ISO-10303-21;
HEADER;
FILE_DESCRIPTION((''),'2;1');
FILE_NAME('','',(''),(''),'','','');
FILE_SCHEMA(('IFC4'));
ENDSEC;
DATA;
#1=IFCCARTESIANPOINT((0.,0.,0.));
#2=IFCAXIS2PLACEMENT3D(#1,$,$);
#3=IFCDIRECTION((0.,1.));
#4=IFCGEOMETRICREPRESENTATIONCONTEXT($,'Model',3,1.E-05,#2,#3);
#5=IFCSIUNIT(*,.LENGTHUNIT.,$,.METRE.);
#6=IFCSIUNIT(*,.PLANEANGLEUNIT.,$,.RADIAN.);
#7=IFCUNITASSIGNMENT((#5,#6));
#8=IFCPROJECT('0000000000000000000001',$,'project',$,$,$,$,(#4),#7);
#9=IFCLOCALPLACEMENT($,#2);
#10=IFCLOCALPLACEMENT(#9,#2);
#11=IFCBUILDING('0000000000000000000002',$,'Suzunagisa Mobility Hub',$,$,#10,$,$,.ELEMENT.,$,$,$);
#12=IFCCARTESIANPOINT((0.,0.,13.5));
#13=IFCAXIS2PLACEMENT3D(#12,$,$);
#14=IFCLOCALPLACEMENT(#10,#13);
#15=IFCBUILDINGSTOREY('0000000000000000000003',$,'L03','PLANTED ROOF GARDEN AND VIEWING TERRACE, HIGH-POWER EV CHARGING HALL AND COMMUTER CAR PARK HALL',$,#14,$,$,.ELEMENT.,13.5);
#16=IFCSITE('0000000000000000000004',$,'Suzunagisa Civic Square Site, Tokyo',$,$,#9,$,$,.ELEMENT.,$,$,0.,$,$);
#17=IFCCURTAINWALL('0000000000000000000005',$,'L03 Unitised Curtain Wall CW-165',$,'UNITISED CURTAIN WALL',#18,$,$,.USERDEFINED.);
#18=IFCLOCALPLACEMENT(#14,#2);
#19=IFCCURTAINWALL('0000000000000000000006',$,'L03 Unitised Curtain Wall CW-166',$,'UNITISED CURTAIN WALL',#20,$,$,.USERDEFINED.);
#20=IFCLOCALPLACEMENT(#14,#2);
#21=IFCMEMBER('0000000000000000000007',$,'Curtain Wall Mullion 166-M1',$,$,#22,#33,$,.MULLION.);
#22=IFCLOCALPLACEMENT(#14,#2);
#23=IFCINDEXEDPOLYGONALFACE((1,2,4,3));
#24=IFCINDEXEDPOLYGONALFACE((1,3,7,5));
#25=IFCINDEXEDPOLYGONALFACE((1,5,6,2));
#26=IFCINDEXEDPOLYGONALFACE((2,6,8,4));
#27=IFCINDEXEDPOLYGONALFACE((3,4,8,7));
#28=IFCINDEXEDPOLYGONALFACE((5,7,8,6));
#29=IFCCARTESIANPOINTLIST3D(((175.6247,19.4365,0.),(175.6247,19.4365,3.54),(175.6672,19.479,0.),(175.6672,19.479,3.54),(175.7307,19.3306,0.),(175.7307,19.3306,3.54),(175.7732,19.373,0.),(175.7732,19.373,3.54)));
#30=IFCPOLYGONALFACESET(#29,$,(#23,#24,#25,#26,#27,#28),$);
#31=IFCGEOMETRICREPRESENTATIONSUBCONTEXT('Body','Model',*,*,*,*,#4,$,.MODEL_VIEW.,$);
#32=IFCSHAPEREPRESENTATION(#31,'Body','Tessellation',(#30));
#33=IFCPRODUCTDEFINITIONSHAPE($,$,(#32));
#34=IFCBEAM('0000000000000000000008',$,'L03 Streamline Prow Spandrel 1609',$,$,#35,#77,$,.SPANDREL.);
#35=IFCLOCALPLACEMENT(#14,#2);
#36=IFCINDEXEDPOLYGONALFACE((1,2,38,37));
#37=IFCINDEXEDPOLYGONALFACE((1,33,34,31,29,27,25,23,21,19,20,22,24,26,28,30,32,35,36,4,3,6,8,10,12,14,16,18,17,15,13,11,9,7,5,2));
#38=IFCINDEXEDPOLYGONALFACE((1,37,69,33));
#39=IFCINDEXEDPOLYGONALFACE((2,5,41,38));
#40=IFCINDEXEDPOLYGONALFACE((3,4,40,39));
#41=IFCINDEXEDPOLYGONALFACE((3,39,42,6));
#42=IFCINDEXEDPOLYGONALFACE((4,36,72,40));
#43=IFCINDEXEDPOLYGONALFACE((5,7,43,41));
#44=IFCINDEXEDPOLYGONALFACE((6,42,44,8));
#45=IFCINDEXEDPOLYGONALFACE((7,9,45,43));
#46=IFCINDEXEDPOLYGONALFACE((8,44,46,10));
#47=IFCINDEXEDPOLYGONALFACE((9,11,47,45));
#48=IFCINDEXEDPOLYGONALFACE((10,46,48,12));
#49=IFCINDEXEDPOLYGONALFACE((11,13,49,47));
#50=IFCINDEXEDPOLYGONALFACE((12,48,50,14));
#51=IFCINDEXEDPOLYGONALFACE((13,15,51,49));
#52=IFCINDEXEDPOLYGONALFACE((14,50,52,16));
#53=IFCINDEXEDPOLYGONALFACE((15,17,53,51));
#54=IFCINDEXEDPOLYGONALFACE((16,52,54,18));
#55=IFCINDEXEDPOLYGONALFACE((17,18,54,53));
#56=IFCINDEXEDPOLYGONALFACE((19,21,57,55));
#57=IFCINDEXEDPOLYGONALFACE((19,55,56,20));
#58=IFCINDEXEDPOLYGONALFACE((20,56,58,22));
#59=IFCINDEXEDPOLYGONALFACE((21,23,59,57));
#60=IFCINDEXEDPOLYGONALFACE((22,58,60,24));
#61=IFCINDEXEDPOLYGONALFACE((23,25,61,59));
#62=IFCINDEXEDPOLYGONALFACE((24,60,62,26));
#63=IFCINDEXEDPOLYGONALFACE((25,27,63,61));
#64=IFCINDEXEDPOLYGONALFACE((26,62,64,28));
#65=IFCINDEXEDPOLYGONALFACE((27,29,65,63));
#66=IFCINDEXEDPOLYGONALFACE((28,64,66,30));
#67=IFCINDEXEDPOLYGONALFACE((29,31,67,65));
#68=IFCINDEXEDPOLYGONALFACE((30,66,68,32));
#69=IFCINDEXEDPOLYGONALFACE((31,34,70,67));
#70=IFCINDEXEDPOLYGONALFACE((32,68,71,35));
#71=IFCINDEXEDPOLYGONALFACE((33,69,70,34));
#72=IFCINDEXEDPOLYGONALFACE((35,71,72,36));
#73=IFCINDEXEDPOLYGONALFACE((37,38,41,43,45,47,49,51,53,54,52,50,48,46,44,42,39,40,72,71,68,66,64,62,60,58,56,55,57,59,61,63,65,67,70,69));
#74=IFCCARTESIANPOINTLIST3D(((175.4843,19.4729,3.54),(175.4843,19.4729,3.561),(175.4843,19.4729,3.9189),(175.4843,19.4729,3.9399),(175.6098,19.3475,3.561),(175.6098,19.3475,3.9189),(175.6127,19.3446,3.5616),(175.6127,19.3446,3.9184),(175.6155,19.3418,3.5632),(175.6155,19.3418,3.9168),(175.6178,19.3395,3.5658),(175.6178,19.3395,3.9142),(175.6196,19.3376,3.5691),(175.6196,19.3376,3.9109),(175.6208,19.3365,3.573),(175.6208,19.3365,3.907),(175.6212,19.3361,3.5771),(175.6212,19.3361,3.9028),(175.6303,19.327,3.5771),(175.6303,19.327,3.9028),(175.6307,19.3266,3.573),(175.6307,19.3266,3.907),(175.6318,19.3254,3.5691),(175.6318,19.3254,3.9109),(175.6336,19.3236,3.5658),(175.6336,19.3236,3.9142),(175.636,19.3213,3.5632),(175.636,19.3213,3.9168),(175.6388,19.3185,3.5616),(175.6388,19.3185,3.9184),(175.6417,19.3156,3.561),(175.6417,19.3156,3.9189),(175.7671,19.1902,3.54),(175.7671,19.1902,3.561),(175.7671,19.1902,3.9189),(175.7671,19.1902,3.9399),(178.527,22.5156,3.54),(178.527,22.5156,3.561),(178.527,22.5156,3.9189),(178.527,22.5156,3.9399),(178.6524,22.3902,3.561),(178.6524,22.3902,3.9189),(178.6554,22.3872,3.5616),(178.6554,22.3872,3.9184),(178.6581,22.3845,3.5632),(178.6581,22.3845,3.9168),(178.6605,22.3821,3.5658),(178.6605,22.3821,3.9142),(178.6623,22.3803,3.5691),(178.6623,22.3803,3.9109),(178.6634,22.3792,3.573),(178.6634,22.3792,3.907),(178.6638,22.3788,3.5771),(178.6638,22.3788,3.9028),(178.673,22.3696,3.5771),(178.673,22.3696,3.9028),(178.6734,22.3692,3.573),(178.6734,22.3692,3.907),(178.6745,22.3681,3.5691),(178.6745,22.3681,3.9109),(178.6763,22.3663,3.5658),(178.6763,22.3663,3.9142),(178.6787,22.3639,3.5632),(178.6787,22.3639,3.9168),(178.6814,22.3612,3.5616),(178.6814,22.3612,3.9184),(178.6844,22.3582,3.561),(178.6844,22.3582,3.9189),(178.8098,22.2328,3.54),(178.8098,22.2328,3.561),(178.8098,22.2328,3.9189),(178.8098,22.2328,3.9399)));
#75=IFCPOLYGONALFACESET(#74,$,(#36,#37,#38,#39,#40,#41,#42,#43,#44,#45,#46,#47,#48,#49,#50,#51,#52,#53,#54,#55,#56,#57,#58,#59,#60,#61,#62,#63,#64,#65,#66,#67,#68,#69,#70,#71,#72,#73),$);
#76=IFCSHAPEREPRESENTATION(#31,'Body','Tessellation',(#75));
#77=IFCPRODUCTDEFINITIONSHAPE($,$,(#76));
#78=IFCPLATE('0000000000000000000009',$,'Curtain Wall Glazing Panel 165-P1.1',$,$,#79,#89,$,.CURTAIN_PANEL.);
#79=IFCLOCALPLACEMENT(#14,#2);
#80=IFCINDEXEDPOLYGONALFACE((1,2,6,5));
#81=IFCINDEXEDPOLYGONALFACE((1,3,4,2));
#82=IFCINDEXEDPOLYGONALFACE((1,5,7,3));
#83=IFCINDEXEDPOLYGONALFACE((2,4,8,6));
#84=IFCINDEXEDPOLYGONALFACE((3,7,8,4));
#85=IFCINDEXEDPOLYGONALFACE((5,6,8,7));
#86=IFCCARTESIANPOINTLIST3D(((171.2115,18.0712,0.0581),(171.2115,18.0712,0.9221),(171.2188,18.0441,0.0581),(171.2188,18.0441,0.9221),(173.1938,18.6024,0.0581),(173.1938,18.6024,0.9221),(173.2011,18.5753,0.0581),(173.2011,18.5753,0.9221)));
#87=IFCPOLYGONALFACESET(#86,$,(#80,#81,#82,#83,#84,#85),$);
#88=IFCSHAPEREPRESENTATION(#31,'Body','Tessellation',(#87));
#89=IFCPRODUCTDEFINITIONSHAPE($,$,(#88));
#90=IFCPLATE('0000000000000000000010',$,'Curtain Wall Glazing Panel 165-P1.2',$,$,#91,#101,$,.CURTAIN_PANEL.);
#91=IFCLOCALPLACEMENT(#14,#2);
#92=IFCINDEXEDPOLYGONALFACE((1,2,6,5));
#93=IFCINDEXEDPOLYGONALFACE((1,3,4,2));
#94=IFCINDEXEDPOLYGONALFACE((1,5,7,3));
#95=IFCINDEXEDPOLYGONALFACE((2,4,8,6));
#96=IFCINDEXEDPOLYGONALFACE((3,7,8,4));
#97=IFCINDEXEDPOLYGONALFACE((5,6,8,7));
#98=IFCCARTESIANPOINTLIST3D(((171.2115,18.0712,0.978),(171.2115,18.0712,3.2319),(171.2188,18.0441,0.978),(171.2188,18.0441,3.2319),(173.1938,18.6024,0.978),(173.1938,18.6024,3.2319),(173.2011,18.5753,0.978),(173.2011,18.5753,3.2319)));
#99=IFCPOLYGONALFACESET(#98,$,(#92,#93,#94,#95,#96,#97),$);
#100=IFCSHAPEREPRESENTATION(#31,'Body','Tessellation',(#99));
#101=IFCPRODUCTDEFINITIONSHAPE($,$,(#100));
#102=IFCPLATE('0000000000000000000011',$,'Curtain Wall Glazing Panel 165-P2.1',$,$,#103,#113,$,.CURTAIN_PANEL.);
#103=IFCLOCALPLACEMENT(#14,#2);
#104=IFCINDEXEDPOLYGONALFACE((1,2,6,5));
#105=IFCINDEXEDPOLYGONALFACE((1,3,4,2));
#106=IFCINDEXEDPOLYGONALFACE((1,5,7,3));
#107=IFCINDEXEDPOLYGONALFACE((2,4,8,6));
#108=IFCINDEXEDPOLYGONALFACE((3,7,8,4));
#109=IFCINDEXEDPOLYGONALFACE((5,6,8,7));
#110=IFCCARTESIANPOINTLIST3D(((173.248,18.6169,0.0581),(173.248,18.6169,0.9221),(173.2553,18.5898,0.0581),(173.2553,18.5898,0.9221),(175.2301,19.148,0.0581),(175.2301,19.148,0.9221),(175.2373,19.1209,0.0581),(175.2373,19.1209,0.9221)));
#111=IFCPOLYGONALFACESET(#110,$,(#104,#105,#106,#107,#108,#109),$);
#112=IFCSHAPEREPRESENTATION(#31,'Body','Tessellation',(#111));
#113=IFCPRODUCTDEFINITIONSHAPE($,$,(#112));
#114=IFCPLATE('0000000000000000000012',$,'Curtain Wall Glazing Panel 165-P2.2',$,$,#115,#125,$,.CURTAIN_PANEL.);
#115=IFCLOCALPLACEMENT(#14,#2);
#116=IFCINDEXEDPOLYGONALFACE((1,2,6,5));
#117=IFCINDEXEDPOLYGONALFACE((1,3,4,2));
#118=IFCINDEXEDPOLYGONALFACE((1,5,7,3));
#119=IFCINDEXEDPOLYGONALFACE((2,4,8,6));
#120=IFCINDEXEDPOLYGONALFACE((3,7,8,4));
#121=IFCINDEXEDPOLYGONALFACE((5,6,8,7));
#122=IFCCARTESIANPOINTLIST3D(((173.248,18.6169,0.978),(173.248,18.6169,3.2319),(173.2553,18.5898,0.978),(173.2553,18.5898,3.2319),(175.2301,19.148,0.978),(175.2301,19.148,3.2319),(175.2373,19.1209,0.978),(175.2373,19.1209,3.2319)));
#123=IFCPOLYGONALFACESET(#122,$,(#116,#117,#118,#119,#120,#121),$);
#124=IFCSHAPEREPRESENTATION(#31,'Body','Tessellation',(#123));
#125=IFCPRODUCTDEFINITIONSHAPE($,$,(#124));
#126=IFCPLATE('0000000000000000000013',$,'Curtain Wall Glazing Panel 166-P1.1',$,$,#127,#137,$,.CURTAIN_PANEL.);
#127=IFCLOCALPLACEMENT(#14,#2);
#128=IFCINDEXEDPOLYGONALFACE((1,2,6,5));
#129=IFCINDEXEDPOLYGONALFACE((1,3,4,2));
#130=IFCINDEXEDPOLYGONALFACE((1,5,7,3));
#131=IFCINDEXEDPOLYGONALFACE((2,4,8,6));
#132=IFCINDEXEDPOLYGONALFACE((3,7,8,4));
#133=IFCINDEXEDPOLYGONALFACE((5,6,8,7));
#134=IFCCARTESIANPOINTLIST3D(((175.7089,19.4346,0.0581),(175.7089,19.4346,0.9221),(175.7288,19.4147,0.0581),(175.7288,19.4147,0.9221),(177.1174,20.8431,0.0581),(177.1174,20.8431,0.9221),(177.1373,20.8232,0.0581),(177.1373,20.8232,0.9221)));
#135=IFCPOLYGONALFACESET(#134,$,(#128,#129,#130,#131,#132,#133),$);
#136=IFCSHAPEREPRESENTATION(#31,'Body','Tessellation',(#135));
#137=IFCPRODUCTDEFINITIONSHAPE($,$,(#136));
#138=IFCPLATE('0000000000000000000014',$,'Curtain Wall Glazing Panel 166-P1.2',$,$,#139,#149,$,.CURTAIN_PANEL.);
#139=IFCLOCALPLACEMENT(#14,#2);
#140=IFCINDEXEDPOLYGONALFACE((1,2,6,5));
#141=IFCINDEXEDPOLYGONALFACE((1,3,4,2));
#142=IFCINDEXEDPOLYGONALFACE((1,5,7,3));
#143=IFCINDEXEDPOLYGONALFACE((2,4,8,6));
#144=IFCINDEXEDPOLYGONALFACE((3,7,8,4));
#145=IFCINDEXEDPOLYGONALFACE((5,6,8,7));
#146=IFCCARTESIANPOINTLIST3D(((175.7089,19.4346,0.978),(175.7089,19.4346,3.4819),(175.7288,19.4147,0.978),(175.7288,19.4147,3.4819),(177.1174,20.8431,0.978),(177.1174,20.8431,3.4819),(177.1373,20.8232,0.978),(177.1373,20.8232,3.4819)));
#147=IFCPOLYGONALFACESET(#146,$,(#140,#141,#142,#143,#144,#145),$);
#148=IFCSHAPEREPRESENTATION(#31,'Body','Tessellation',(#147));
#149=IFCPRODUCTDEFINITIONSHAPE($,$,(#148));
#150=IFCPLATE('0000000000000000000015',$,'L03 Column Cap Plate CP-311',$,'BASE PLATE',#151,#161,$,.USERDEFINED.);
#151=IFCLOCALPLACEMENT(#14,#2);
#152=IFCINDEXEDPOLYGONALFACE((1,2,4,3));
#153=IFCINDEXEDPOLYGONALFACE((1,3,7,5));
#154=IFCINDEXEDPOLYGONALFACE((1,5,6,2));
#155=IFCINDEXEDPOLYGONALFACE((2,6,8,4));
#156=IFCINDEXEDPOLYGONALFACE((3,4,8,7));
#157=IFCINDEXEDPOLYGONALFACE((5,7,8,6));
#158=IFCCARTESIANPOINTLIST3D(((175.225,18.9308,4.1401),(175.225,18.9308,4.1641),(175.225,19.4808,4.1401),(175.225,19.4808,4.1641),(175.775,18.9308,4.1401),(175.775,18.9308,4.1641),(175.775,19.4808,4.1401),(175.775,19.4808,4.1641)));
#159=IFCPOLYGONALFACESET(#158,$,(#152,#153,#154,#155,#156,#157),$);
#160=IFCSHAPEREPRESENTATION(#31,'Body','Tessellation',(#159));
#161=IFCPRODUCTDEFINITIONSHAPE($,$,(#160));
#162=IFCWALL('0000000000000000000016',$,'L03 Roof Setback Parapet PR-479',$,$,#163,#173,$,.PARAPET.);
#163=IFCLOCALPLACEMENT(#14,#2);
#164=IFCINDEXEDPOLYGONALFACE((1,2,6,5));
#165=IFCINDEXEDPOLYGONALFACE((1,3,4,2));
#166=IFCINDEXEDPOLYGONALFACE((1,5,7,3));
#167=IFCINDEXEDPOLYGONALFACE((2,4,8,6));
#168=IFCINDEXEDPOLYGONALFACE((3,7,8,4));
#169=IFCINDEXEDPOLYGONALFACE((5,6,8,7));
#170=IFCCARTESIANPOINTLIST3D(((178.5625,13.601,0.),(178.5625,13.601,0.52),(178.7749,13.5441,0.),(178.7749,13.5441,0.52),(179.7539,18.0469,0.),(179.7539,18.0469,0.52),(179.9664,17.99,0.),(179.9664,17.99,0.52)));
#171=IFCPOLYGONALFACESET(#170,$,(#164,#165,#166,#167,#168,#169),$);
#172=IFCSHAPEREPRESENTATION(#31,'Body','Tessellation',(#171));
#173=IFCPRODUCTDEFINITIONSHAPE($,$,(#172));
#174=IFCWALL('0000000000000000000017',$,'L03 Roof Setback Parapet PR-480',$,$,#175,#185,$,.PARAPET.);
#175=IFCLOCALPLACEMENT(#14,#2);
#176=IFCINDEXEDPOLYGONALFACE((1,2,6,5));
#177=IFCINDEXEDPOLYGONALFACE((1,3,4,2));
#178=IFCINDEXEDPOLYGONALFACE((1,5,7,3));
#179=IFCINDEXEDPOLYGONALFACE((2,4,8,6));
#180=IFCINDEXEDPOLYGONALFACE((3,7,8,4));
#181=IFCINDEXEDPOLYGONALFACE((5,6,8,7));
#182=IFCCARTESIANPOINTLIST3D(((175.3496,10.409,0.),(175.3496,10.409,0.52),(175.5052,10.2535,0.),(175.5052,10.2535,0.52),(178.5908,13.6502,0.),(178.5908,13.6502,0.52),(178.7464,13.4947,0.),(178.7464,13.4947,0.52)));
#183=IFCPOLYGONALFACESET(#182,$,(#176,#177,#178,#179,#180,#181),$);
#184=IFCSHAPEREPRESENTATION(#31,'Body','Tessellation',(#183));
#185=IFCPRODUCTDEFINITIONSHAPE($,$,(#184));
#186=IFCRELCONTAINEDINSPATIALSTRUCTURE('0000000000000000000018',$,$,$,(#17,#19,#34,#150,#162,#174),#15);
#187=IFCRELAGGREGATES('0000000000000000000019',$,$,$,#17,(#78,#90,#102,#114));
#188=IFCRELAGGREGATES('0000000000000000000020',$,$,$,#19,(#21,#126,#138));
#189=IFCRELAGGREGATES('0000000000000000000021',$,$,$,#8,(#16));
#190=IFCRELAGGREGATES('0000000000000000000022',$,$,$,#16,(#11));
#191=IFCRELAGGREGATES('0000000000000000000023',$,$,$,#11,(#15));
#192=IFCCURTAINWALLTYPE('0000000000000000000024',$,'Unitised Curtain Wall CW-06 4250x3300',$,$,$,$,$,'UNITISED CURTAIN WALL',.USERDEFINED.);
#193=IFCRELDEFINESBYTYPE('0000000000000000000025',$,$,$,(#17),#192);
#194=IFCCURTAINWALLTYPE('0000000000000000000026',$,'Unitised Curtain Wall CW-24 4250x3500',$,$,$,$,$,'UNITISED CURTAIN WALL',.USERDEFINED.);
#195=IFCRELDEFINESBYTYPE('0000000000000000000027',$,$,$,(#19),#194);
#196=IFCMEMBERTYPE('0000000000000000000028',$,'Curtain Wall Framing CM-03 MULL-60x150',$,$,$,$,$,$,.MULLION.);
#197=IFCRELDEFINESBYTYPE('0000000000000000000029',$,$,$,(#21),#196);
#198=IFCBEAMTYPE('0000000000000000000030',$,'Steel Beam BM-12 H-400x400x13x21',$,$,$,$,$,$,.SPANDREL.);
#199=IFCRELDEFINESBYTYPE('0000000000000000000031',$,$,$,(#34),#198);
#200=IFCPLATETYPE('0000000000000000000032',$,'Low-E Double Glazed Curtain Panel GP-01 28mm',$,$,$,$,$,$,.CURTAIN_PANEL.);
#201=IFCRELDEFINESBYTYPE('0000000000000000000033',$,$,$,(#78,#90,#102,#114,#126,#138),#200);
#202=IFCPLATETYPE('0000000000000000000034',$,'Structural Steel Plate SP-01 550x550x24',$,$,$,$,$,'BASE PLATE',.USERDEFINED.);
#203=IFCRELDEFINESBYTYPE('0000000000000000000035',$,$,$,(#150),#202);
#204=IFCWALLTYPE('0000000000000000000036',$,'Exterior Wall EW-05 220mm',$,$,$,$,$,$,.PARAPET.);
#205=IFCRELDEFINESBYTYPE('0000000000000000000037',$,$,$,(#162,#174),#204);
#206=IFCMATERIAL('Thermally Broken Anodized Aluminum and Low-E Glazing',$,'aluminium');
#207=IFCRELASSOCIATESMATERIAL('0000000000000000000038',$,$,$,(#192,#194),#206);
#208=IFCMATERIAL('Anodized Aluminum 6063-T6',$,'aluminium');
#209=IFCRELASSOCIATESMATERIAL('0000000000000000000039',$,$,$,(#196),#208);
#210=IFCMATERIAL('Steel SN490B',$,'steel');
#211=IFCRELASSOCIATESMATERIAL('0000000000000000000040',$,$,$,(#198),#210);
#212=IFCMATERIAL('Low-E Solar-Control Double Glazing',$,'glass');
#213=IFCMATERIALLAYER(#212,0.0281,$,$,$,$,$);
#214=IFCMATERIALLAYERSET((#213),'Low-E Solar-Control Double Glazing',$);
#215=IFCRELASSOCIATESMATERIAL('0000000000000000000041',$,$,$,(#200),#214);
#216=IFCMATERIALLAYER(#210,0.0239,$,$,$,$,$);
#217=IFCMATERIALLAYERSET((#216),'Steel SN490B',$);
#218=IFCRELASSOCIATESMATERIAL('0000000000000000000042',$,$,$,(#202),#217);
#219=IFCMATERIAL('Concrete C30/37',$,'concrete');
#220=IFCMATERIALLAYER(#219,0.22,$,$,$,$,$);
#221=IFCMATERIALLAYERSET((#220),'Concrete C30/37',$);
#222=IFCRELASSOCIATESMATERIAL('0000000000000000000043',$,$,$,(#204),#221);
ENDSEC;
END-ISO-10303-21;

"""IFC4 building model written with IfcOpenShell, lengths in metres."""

from ifc_helpers import new_model, si_unit, direction, frame, frame_2d, origin, origin_2d, place, context, subcontext, project, spatial, rectangle, i_section, extrude, material, layer, layer_set, material_profile, profile_set, type_object, element, aggregate, save


model = new_model("IFC4")

# Units and contexts
model_context = context("Model", 3, precision=1e-05, world=origin(), true_north=direction((0.0, 1.0)))
body_context = subcontext(model_context, "Body", "Model", "MODEL_VIEW")
ifc_project = project(units=[si_unit("LENGTHUNIT", "METRE"), si_unit("PLANEANGLEUNIT", "RADIAN")], contexts=[model_context])

# Site, building, storey
site_placement = place(None, origin())
site = spatial("IfcSite", under=ifc_project, at=site_placement, Name="Suzunagisa Civic Square Site, Tokyo", CompositionType="ELEMENT", RefElevation=0.0)
building_placement = place(site_placement, origin())
building = spatial("IfcBuilding", under=site, at=building_placement, Name="Suzunagisa Mobility Hub", CompositionType="ELEMENT")
storey_placement = place(building_placement, frame((0.0, 0.0, 13.5)))
storey = spatial("IfcBuildingStorey", under=building, at=storey_placement, Name="L03", Description="PLANTED ROOF GARDEN AND VIEWING TERRACE, HIGH-POWER EV CHARGING HALL AND COMMUTER CAR PARK HALL", CompositionType="ELEMENT", Elevation=13.5)

# Shared definitions
ifc_material_1 = material(Name="Steel SN490B", Category="steel")

# Curtain walls
ifc_material_2 = material(Name="Thermally Broken Anodized Aluminum and Low-E Glazing", Category="aluminium")
curtain_wall_type_1 = type_object("IfcCurtainWallType", Name="Unitised Curtain Wall CW-06 4250x3300", ElementType="UNITISED CURTAIN WALL", PredefinedType="USERDEFINED", material=ifc_material_2)
curtain_wall_1_placement = place(storey_placement, origin())
curtain_wall_1 = element("IfcCurtainWall", 1, at=curtain_wall_1_placement, inside=storey, type_object=curtain_wall_type_1, Name="L03 Unitised Curtain Wall CW-165", ObjectType="UNITISED CURTAIN WALL", PredefinedType="USERDEFINED")
ifc_material_3 = material(Name="Anodized Aluminum 6063-T6", Category="aluminium")
curtain_wall_type_2 = type_object("IfcCurtainWallType", Name="Unitised Curtain Wall CW-24 4250x3500", ElementType="UNITISED CURTAIN WALL", PredefinedType="USERDEFINED", material=ifc_material_2)
curtain_wall_2_placement = place(storey_placement, origin())
curtain_wall_2 = element("IfcCurtainWall", 2, at=curtain_wall_2_placement, inside=storey, type_object=curtain_wall_type_2, Name="L03 Unitised Curtain Wall CW-166", ObjectType="UNITISED CURTAIN WALL", PredefinedType="USERDEFINED")

# Member
ifc_material_profile_1 = material_profile(ifc_material_3, rectangle(XDim=0.0601, YDim=0.1499, at=origin_2d()), Name="MULL-60x150")
ifc_profile_set_1 = profile_set([ifc_material_profile_1], Name="Anodized Aluminum 6063-T6")
member_type_1 = type_object("IfcMemberType", Name="Curtain Wall Framing CM-03 MULL-60x150", PredefinedType="MULLION", material=ifc_profile_set_1)
member_1_placement = place(storey_placement, frame((175.699, 19.4048, 0.0), z_axis=(0.0, 0.0, 1.0), x_axis=(0.707107, 0.707107, 0.0)))
member_1 = element("IfcMember", 3, at=member_1_placement, type_object=member_type_1, Name="Curtain Wall Mullion 166-M1", PredefinedType="MULLION", context=body_context, shape_type="SweptSolid", body=[
    extrude(rectangle(XDim=0.0601, YDim=0.1499, at=origin_2d()), origin(), (0.0, 0.0, 1.0), 3.54),
])

# Beam
ifc_material_profile_2 = material_profile(ifc_material_1, i_section(OverallWidth=0.3999, OverallDepth=0.3999, WebThickness=0.0129, FlangeThickness=0.021, FilletRadius=0.0161, at=origin_2d()), Name="H-400x400x13x21")
ifc_profile_set_2 = profile_set([ifc_material_profile_2], Name="Steel SN490B")
beam_type = type_object("IfcBeamType", Name="Steel Beam BM-12 H-400x400x13x21", PredefinedType="SPANDREL", material=ifc_profile_set_2)
beam_placement = place(storey_placement, frame((175.6257, 19.3315, 3.74), z_axis=(0.707107, 0.707107, 0.0), x_axis=(-0.707107, 0.707107, 0.0)))
element("IfcBeam", 4, at=beam_placement, inside=storey, type_object=beam_type, Name="L03 Streamline Prow Spandrel 1609", PredefinedType="SPANDREL", context=body_context, shape_type="SweptSolid", body=[
    extrude(i_section(OverallWidth=0.3999, OverallDepth=0.3999, WebThickness=0.0129, FlangeThickness=0.021, FilletRadius=0.0161, at=origin_2d()), origin(), (0.0, 0.0, 1.0), 4.303),
])

# Plates
ifc_material_4 = material(Name="Low-E Solar-Control Double Glazing", Category="glass")
ifc_layer_1 = layer(ifc_material_4, 0.0281)
ifc_layer_set_1 = layer_set([ifc_layer_1], Name="Low-E Solar-Control Double Glazing")
plate_type_1 = type_object("IfcPlateType", Name="Low-E Double Glazed Curtain Panel GP-01 28mm", PredefinedType="CURTAIN_PANEL", material=ifc_layer_set_1)
plate_1_placement = place(storey_placement, frame((172.2063, 18.3232, 0.0581), z_axis=(0.0, 0.0, 1.0), x_axis=(0.965925, 0.258821, 0.0)))
plate_1 = element("IfcPlate", 5, at=plate_1_placement, type_object=plate_type_1, Name="Curtain Wall Glazing Panel 165-P1.1", PredefinedType="CURTAIN_PANEL", context=body_context, shape_type="SweptSolid", body=[
    extrude(rectangle(XDim=2.0522, YDim=0.0281, at=origin_2d()), origin(), (0.0, 0.0, 1.0), 0.864),
])
plate_2_placement = place(storey_placement, frame((172.2063, 18.3232, 0.978), z_axis=(0.0, 0.0, 1.0), x_axis=(0.965925, 0.258821, 0.0)))
plate_2 = element("IfcPlate", 6, at=plate_2_placement, type_object=plate_type_1, Name="Curtain Wall Glazing Panel 165-P1.2", PredefinedType="CURTAIN_PANEL", context=body_context, shape_type="SweptSolid", body=[
    extrude(rectangle(XDim=2.0522, YDim=0.0281, at=origin_2d()), origin(), (0.0, 0.0, 1.0), 2.2539),
])
plate_3_placement = place(storey_placement, frame((174.2427, 18.8689, 0.0581), z_axis=(0.0, 0.0, 1.0), x_axis=(0.965925, 0.258821, 0.0)))
plate_3 = element("IfcPlate", 7, at=plate_3_placement, type_object=plate_type_1, Name="Curtain Wall Glazing Panel 165-P2.1", PredefinedType="CURTAIN_PANEL", context=body_context, shape_type="SweptSolid", body=[
    extrude(rectangle(XDim=2.052, YDim=0.0281, at=origin_2d()), origin(), (0.0, 0.0, 1.0), 0.864),
])
plate_4_placement = place(storey_placement, frame((174.2427, 18.8689, 0.978), z_axis=(0.0, 0.0, 1.0), x_axis=(0.965925, 0.258821, 0.0)))
plate_4 = element("IfcPlate", 8, at=plate_4_placement, type_object=plate_type_1, Name="Curtain Wall Glazing Panel 165-P2.2", PredefinedType="CURTAIN_PANEL", context=body_context, shape_type="SweptSolid", body=[
    extrude(rectangle(XDim=2.052, YDim=0.0281, at=origin_2d()), origin(), (0.0, 0.0, 1.0), 2.2539),
])
aggregate(curtain_wall_1, [plate_1, plate_2, plate_3, plate_4])
plate_5_placement = place(storey_placement, frame((176.4231, 20.1289, 0.0581), z_axis=(0.0, 0.0, 1.0), x_axis=(0.707107, 0.707107, 0.0)))
plate_5 = element("IfcPlate", 9, at=plate_5_placement, type_object=plate_type_1, Name="Curtain Wall Glazing Panel 166-P1.1", PredefinedType="CURTAIN_PANEL", context=body_context, shape_type="SweptSolid", body=[
    extrude(rectangle(XDim=1.9919, YDim=0.0281, at=origin_2d()), origin(), (0.0, 0.0, 1.0), 0.864),
])
plate_6_placement = place(storey_placement, frame((176.4231, 20.1289, 0.978), z_axis=(0.0, 0.0, 1.0), x_axis=(0.707107, 0.707107, 0.0)))
plate_6 = element("IfcPlate", 10, at=plate_6_placement, type_object=plate_type_1, Name="Curtain Wall Glazing Panel 166-P1.2", PredefinedType="CURTAIN_PANEL", context=body_context, shape_type="SweptSolid", body=[
    extrude(rectangle(XDim=1.9919, YDim=0.0281, at=origin_2d()), origin(), (0.0, 0.0, 1.0), 2.5039),
])
aggregate(curtain_wall_2, [member_1, plate_5, plate_6])
ifc_layer_2 = layer(ifc_material_1, 0.0239)
ifc_layer_set_2 = layer_set([ifc_layer_2], Name="Steel SN490B")
plate_type_2 = type_object("IfcPlateType", Name="Structural Steel Plate SP-01 550x550x24", ElementType="BASE PLATE", PredefinedType="USERDEFINED", material=ifc_layer_set_2)
plate_7_placement = place(storey_placement, frame((175.5, 19.2058, 4.1401), z_axis=(0.0, 0.0, 1.0), x_axis=(1.0, 0.0, 0.0)))
element("IfcPlate", 11, at=plate_7_placement, inside=storey, type_object=plate_type_2, Name="L03 Column Cap Plate CP-311", ObjectType="BASE PLATE", PredefinedType="USERDEFINED", context=body_context, shape_type="SweptSolid", body=[
    extrude(rectangle(XDim=0.55, YDim=0.55, at=origin_2d()), origin(), (0.0, 0.0, 1.0), 0.0239),
])

# Walls
ifc_material_5 = material(Name="Concrete C30/37", Category="concrete")
ifc_layer_3 = layer(ifc_material_5, 0.22)
ifc_layer_set_3 = layer_set([ifc_layer_3], Name="Concrete C30/37")
wall_type = type_object("IfcWallType", Name="Exterior Wall EW-05 220mm", PredefinedType="PARAPET", material=ifc_layer_set_3)
wall_1_placement = place(storey_placement, frame((179.8601, 18.0183, 0.0), z_axis=(0.0, 0.0, 1.0), x_axis=(-0.258851, -0.965917, 0.0)))
element("IfcWall", 12, at=wall_1_placement, inside=storey, type_object=wall_type, Name="L03 Roof Setback Parapet PR-479", PredefinedType="PARAPET", context=body_context, shape_type="SweptSolid", body=[
    extrude(rectangle(XDim=4.6028, YDim=0.22, at=frame_2d((2.3013, 0.0))), origin(), (0.0, 0.0, 1.0), 0.52),
])
wall_2_placement = place(storey_placement, frame((178.6687, 13.5725, 0.0), z_axis=(0.0, 0.0, 1.0), x_axis=(-0.707107, -0.707107, 0.0)))
element("IfcWall", 13, at=wall_2_placement, inside=storey, type_object=wall_type, Name="L03 Roof Setback Parapet PR-480", PredefinedType="PARAPET", context=body_context, shape_type="SweptSolid", body=[
    extrude(rectangle(XDim=4.5837, YDim=0.22, at=frame_2d((2.292, 0.0))), origin(), (0.0, 0.0, 1.0), 0.52),
])

save(model, "model.ifc")
